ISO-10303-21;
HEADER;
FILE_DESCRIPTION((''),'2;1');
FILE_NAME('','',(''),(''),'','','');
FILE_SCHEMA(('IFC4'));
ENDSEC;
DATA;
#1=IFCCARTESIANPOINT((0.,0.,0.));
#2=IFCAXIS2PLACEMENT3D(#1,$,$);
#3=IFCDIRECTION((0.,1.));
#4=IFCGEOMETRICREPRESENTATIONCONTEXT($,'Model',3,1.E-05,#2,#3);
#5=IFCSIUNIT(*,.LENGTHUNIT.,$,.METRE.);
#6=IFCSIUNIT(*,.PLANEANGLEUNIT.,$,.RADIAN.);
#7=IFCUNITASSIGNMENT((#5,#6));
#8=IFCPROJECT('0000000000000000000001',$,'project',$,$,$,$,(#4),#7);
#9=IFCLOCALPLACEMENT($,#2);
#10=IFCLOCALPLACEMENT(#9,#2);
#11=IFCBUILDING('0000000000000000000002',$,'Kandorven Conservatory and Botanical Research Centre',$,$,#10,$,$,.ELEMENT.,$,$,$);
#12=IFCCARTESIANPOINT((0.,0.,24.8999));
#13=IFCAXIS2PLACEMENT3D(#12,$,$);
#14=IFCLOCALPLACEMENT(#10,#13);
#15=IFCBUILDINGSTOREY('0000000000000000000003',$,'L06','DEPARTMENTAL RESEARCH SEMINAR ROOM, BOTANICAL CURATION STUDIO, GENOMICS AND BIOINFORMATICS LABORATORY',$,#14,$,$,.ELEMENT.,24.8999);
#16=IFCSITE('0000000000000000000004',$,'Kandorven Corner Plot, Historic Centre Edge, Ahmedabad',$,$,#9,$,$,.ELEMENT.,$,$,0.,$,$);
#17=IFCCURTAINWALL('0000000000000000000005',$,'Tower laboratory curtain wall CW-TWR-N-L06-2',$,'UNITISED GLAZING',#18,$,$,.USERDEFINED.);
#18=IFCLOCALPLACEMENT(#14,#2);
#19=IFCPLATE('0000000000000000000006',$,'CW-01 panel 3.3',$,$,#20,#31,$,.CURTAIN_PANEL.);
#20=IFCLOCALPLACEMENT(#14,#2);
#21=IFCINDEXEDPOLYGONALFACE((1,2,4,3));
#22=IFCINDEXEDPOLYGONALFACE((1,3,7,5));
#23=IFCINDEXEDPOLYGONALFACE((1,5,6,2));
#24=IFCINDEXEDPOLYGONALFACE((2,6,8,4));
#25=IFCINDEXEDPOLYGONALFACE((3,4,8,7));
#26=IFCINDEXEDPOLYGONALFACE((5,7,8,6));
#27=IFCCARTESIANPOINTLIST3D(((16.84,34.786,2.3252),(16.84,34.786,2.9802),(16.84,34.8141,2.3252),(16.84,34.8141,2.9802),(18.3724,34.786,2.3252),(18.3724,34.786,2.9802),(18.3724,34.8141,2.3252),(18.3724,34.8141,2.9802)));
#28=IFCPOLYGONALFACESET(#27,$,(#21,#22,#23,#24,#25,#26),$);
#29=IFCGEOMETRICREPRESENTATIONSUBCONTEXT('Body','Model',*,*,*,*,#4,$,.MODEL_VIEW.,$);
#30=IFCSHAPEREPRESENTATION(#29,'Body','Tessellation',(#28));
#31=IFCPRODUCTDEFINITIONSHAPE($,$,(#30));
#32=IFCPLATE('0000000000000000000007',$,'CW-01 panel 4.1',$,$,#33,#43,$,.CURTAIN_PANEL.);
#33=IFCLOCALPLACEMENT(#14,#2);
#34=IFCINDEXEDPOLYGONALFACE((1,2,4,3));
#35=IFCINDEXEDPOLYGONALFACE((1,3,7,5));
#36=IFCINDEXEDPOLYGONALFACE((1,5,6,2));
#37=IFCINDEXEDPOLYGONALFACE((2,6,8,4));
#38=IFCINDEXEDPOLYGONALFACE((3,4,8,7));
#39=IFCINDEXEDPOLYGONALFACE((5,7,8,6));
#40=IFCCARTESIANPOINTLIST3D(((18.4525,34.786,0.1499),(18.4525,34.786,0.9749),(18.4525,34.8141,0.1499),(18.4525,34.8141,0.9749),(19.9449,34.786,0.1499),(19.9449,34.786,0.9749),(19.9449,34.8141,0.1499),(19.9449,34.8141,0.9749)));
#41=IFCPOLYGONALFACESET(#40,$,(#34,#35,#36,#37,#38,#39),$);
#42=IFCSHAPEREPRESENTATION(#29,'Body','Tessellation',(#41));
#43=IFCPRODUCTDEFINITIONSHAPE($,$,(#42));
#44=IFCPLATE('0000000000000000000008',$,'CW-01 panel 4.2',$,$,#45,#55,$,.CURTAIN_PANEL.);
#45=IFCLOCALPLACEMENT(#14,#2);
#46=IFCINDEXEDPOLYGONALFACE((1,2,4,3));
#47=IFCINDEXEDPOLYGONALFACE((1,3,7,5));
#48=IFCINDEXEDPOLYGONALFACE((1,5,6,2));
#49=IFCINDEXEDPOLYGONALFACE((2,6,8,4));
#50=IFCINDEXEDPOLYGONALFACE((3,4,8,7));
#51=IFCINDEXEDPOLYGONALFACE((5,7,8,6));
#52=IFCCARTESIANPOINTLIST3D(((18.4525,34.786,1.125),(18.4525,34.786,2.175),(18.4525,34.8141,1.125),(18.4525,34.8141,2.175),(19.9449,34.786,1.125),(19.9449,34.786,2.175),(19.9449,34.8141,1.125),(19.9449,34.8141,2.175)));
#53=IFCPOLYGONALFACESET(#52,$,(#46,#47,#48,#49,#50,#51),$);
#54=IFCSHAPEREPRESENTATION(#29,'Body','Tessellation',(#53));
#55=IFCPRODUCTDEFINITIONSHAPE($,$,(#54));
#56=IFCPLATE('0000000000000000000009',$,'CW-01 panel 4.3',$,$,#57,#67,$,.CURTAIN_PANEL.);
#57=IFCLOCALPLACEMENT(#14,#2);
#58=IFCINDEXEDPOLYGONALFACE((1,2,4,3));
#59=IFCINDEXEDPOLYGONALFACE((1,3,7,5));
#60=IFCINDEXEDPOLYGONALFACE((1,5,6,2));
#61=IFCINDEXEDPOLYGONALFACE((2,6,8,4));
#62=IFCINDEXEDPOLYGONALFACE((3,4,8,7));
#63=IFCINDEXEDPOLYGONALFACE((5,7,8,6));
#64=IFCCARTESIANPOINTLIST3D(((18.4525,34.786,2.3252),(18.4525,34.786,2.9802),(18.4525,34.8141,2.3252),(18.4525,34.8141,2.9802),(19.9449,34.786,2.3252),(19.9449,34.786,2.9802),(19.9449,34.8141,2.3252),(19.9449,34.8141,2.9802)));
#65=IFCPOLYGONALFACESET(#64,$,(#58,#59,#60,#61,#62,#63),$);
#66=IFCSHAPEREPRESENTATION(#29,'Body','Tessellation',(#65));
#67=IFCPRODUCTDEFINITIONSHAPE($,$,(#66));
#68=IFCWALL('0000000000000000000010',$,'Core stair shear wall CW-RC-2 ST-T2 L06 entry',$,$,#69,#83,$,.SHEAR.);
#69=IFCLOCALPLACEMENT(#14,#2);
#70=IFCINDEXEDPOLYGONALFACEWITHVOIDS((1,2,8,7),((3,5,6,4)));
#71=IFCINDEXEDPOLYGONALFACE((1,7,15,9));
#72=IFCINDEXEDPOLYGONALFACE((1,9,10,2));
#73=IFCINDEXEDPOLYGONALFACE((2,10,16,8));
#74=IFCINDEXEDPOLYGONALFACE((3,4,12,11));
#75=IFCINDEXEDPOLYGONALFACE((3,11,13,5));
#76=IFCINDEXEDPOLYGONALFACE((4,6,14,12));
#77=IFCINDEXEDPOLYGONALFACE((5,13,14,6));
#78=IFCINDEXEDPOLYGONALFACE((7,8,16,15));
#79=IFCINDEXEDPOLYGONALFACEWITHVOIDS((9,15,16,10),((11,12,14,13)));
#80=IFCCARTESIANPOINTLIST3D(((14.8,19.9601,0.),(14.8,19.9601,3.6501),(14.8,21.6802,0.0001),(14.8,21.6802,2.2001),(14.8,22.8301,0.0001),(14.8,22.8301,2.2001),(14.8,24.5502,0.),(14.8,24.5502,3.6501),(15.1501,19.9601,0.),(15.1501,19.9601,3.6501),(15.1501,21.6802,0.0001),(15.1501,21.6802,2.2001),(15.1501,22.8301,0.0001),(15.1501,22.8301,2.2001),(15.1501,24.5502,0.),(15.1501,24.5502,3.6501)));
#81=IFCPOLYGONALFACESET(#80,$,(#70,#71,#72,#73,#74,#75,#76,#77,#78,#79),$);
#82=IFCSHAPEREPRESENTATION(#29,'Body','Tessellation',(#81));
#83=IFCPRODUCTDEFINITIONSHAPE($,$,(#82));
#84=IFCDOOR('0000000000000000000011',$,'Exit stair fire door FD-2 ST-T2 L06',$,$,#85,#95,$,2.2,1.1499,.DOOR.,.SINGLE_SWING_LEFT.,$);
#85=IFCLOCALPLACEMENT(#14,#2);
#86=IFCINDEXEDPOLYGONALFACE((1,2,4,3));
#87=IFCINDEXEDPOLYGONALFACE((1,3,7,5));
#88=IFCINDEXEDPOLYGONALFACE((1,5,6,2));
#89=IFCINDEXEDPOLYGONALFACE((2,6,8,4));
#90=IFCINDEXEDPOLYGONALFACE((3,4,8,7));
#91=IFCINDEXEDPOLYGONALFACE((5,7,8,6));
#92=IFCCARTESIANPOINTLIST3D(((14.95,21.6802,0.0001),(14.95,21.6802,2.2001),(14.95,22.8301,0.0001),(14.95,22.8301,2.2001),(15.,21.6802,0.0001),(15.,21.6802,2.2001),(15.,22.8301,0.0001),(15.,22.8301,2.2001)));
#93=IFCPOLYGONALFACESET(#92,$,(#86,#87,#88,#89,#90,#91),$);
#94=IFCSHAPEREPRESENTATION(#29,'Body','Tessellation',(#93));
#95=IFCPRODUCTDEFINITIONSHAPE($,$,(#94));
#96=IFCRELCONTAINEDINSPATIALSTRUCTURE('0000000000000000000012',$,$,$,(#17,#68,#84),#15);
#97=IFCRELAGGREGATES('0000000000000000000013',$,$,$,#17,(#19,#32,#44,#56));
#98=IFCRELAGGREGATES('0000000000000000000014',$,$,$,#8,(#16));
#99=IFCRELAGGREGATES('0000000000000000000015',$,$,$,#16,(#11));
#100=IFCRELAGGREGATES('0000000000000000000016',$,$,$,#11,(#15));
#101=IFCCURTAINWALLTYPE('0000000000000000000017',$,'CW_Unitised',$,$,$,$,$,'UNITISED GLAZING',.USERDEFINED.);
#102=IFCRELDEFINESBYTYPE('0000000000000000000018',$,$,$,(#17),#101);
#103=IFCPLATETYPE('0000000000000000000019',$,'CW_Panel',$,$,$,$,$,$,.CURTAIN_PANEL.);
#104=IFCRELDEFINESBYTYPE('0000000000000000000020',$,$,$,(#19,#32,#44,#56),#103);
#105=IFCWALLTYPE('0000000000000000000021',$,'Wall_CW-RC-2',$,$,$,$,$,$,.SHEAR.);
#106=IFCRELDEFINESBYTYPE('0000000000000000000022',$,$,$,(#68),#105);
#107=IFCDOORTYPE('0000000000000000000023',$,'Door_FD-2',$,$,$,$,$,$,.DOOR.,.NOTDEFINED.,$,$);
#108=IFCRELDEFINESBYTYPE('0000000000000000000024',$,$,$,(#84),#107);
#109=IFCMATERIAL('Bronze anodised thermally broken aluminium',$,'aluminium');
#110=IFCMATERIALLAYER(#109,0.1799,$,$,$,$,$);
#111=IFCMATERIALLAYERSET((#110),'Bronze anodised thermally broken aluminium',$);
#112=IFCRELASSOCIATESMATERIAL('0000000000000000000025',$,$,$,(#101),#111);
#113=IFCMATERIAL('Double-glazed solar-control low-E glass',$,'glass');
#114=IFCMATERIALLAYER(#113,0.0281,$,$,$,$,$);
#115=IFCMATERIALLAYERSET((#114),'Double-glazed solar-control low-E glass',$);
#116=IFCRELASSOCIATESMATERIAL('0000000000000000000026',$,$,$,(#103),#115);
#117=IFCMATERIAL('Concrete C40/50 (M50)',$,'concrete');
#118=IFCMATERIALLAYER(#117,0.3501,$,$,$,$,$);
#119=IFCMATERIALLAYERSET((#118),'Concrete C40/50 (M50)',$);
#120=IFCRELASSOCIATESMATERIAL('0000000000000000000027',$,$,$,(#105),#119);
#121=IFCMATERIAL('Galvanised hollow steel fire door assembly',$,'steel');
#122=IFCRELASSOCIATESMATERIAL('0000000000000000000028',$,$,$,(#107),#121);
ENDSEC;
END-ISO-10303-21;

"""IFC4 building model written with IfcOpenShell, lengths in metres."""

from ifc_helpers import new_model, si_unit, direction, frame, frame_2d, origin, origin_2d, place, context, subcontext, project, spatial, rectangle, extrude, material, layer, layer_set, type_object, element, fill, aggregate, save


model = new_model("IFC4")

# Units and contexts
model_context = context("Model", 3, precision=1e-05, world=origin(), true_north=direction((0.0, 1.0)))
body_context = subcontext(model_context, "Body", "Model", "MODEL_VIEW")
ifc_project = project(units=[si_unit("LENGTHUNIT", "METRE"), si_unit("PLANEANGLEUNIT", "RADIAN")], contexts=[model_context])

# Site, building, storey
site_placement = place(None, origin())
site = spatial("IfcSite", under=ifc_project, at=site_placement, Name="Kandorven Corner Plot, Historic Centre Edge, Ahmedabad", CompositionType="ELEMENT", RefElevation=0.0)
building_placement = place(site_placement, origin())
building = spatial("IfcBuilding", under=site, at=building_placement, Name="Kandorven Conservatory and Botanical Research Centre", CompositionType="ELEMENT")
storey_placement = place(building_placement, frame((0.0, 0.0, 24.8999)))
storey = spatial("IfcBuildingStorey", under=building, at=storey_placement, Name="L06", Description="DEPARTMENTAL RESEARCH SEMINAR ROOM, BOTANICAL CURATION STUDIO, GENOMICS AND BIOINFORMATICS LABORATORY", CompositionType="ELEMENT", Elevation=24.8999)

# Curtain wall
ifc_material_1 = material(Name="Bronze anodised thermally broken aluminium", Category="aluminium")
ifc_layer_1 = layer(ifc_material_1, 0.1799)
ifc_layer_set_1 = layer_set([ifc_layer_1], Name="Bronze anodised thermally broken aluminium")
curtain_wall_type = type_object("IfcCurtainWallType", Name="CW_Unitised", ElementType="UNITISED GLAZING", PredefinedType="USERDEFINED", material=ifc_layer_set_1)
curtain_wall_1_placement = place(storey_placement, origin())
curtain_wall_1 = element("IfcCurtainWall", 1, at=curtain_wall_1_placement, inside=storey, type_object=curtain_wall_type, Name="Tower laboratory curtain wall CW-TWR-N-L06-2", ObjectType="UNITISED GLAZING", PredefinedType="USERDEFINED")

# Plates
ifc_material_2 = material(Name="Double-glazed solar-control low-E glass", Category="glass")
ifc_layer_2 = layer(ifc_material_2, 0.0281)
ifc_layer_set_2 = layer_set([ifc_layer_2], Name="Double-glazed solar-control low-E glass")
plate_type = type_object("IfcPlateType", Name="CW_Panel", PredefinedType="CURTAIN_PANEL", material=ifc_layer_set_2)
plate_1_placement = place(storey_placement, frame((17.6062, 34.8, 2.3252), z_axis=(0.0, 0.0, 1.0), x_axis=(1.0, 0.0, 0.0)))
plate_1 = element("IfcPlate", 2, at=plate_1_placement, type_object=plate_type, Name="CW-01 panel 3.3", PredefinedType="CURTAIN_PANEL", context=body_context, shape_type="SweptSolid", body=[
    extrude(rectangle(XDim=1.5325, YDim=0.0281, at=origin_2d()), origin(), (0.0, 0.0, 1.0), 0.655),
])
plate_2_placement = place(storey_placement, frame((19.1987, 34.8, 0.1499), z_axis=(0.0, 0.0, 1.0), x_axis=(1.0, 0.0, 0.0)))
plate_2 = element("IfcPlate", 3, at=plate_2_placement, type_object=plate_type, Name="CW-01 panel 4.1", PredefinedType="CURTAIN_PANEL", context=body_context, shape_type="SweptSolid", body=[
    extrude(rectangle(XDim=1.4924, YDim=0.0281, at=origin_2d()), origin(), (0.0, 0.0, 1.0), 0.825),
])
plate_3_placement = place(storey_placement, frame((19.1987, 34.8, 1.125), z_axis=(0.0, 0.0, 1.0), x_axis=(1.0, 0.0, 0.0)))
plate_3 = element("IfcPlate", 4, at=plate_3_placement, type_object=plate_type, Name="CW-01 panel 4.2", PredefinedType="CURTAIN_PANEL", context=body_context, shape_type="SweptSolid", body=[
    extrude(rectangle(XDim=1.4924, YDim=0.0281, at=origin_2d()), origin(), (0.0, 0.0, 1.0), 1.05),
])
plate_4_placement = place(storey_placement, frame((19.1987, 34.8, 2.3252), z_axis=(0.0, 0.0, 1.0), x_axis=(1.0, 0.0, 0.0)))
plate_4 = element("IfcPlate", 5, at=plate_4_placement, type_object=plate_type, Name="CW-01 panel 4.3", PredefinedType="CURTAIN_PANEL", context=body_context, shape_type="SweptSolid", body=[
    extrude(rectangle(XDim=1.4924, YDim=0.0281, at=origin_2d()), origin(), (0.0, 0.0, 1.0), 0.655),
])
aggregate(curtain_wall_1, [plate_1, plate_2, plate_3, plate_4])

# Wall, opening, door
ifc_material_3 = material(Name="Concrete C40/50 (M50)", Category="concrete")
ifc_layer_3 = layer(ifc_material_3, 0.3501)
ifc_layer_set_3 = layer_set([ifc_layer_3], Name="Concrete C40/50 (M50)")
wall_type = type_object("IfcWallType", Name="Wall_CW-RC-2", PredefinedType="SHEAR", material=ifc_layer_set_3)
wall_placement = place(storey_placement, frame((14.9751, 24.55, 0.0), z_axis=(0.0, 0.0, 1.0), x_axis=(0.0, -1.0, 0.0)))
wall = element("IfcWall", 6, at=wall_placement, inside=storey, type_object=wall_type, Name="Core stair shear wall CW-RC-2 ST-T2 L06 entry", PredefinedType="SHEAR", context=body_context, shape_type="SweptSolid", body=[
    extrude(rectangle(XDim=4.5901, YDim=0.3501, at=frame_2d((2.2949, 0.0))), origin(), (0.0, 0.0, 1.0), 3.6501),
])
opening_placement = place(wall_placement, frame((1.72, 0.0, 0.0)))
opening = element("IfcOpeningElement", 7, at=opening_placement, cuts=wall, PredefinedType="OPENING", context=body_context, shape_type="SweptSolid", body=[
    extrude(rectangle(XDim=1.1499, YDim=2.2, at=frame_2d((0.575, 1.1001))), frame((0.0, 0.1851, 0.0), z_axis=(0.0, -1.0, 0.0), x_axis=(1.0, 0.0, 0.0)), (0.0, 0.0, 1.0), 0.3701),
])
ifc_material_4 = material(Name="Galvanised hollow steel fire door assembly", Category="steel")
door_type = type_object("IfcDoorType", Name="Door_FD-2", OperationType="NOTDEFINED", PredefinedType="DOOR", material=ifc_material_4)
door_placement = place(opening_placement, origin())
door = element("IfcDoor", 8, at=door_placement, inside=storey, type_object=door_type, Name="Exit stair fire door FD-2 ST-T2 L06", OperationType="SINGLE_SWING_LEFT", OverallHeight=2.2, OverallWidth=1.1499, PredefinedType="DOOR", context=body_context, shape_type="SweptSolid", body=[
    extrude(rectangle(XDim=1.1499, YDim=2.2, at=frame_2d((0.575, 1.1001))), frame((0.0, 0.0249, 0.0), z_axis=(0.0, -1.0, 0.0), x_axis=(1.0, 0.0, 0.0)), (0.0, 0.0, 1.0), 0.05),
])
fill(opening, door)

save(model, "model.ifc")
